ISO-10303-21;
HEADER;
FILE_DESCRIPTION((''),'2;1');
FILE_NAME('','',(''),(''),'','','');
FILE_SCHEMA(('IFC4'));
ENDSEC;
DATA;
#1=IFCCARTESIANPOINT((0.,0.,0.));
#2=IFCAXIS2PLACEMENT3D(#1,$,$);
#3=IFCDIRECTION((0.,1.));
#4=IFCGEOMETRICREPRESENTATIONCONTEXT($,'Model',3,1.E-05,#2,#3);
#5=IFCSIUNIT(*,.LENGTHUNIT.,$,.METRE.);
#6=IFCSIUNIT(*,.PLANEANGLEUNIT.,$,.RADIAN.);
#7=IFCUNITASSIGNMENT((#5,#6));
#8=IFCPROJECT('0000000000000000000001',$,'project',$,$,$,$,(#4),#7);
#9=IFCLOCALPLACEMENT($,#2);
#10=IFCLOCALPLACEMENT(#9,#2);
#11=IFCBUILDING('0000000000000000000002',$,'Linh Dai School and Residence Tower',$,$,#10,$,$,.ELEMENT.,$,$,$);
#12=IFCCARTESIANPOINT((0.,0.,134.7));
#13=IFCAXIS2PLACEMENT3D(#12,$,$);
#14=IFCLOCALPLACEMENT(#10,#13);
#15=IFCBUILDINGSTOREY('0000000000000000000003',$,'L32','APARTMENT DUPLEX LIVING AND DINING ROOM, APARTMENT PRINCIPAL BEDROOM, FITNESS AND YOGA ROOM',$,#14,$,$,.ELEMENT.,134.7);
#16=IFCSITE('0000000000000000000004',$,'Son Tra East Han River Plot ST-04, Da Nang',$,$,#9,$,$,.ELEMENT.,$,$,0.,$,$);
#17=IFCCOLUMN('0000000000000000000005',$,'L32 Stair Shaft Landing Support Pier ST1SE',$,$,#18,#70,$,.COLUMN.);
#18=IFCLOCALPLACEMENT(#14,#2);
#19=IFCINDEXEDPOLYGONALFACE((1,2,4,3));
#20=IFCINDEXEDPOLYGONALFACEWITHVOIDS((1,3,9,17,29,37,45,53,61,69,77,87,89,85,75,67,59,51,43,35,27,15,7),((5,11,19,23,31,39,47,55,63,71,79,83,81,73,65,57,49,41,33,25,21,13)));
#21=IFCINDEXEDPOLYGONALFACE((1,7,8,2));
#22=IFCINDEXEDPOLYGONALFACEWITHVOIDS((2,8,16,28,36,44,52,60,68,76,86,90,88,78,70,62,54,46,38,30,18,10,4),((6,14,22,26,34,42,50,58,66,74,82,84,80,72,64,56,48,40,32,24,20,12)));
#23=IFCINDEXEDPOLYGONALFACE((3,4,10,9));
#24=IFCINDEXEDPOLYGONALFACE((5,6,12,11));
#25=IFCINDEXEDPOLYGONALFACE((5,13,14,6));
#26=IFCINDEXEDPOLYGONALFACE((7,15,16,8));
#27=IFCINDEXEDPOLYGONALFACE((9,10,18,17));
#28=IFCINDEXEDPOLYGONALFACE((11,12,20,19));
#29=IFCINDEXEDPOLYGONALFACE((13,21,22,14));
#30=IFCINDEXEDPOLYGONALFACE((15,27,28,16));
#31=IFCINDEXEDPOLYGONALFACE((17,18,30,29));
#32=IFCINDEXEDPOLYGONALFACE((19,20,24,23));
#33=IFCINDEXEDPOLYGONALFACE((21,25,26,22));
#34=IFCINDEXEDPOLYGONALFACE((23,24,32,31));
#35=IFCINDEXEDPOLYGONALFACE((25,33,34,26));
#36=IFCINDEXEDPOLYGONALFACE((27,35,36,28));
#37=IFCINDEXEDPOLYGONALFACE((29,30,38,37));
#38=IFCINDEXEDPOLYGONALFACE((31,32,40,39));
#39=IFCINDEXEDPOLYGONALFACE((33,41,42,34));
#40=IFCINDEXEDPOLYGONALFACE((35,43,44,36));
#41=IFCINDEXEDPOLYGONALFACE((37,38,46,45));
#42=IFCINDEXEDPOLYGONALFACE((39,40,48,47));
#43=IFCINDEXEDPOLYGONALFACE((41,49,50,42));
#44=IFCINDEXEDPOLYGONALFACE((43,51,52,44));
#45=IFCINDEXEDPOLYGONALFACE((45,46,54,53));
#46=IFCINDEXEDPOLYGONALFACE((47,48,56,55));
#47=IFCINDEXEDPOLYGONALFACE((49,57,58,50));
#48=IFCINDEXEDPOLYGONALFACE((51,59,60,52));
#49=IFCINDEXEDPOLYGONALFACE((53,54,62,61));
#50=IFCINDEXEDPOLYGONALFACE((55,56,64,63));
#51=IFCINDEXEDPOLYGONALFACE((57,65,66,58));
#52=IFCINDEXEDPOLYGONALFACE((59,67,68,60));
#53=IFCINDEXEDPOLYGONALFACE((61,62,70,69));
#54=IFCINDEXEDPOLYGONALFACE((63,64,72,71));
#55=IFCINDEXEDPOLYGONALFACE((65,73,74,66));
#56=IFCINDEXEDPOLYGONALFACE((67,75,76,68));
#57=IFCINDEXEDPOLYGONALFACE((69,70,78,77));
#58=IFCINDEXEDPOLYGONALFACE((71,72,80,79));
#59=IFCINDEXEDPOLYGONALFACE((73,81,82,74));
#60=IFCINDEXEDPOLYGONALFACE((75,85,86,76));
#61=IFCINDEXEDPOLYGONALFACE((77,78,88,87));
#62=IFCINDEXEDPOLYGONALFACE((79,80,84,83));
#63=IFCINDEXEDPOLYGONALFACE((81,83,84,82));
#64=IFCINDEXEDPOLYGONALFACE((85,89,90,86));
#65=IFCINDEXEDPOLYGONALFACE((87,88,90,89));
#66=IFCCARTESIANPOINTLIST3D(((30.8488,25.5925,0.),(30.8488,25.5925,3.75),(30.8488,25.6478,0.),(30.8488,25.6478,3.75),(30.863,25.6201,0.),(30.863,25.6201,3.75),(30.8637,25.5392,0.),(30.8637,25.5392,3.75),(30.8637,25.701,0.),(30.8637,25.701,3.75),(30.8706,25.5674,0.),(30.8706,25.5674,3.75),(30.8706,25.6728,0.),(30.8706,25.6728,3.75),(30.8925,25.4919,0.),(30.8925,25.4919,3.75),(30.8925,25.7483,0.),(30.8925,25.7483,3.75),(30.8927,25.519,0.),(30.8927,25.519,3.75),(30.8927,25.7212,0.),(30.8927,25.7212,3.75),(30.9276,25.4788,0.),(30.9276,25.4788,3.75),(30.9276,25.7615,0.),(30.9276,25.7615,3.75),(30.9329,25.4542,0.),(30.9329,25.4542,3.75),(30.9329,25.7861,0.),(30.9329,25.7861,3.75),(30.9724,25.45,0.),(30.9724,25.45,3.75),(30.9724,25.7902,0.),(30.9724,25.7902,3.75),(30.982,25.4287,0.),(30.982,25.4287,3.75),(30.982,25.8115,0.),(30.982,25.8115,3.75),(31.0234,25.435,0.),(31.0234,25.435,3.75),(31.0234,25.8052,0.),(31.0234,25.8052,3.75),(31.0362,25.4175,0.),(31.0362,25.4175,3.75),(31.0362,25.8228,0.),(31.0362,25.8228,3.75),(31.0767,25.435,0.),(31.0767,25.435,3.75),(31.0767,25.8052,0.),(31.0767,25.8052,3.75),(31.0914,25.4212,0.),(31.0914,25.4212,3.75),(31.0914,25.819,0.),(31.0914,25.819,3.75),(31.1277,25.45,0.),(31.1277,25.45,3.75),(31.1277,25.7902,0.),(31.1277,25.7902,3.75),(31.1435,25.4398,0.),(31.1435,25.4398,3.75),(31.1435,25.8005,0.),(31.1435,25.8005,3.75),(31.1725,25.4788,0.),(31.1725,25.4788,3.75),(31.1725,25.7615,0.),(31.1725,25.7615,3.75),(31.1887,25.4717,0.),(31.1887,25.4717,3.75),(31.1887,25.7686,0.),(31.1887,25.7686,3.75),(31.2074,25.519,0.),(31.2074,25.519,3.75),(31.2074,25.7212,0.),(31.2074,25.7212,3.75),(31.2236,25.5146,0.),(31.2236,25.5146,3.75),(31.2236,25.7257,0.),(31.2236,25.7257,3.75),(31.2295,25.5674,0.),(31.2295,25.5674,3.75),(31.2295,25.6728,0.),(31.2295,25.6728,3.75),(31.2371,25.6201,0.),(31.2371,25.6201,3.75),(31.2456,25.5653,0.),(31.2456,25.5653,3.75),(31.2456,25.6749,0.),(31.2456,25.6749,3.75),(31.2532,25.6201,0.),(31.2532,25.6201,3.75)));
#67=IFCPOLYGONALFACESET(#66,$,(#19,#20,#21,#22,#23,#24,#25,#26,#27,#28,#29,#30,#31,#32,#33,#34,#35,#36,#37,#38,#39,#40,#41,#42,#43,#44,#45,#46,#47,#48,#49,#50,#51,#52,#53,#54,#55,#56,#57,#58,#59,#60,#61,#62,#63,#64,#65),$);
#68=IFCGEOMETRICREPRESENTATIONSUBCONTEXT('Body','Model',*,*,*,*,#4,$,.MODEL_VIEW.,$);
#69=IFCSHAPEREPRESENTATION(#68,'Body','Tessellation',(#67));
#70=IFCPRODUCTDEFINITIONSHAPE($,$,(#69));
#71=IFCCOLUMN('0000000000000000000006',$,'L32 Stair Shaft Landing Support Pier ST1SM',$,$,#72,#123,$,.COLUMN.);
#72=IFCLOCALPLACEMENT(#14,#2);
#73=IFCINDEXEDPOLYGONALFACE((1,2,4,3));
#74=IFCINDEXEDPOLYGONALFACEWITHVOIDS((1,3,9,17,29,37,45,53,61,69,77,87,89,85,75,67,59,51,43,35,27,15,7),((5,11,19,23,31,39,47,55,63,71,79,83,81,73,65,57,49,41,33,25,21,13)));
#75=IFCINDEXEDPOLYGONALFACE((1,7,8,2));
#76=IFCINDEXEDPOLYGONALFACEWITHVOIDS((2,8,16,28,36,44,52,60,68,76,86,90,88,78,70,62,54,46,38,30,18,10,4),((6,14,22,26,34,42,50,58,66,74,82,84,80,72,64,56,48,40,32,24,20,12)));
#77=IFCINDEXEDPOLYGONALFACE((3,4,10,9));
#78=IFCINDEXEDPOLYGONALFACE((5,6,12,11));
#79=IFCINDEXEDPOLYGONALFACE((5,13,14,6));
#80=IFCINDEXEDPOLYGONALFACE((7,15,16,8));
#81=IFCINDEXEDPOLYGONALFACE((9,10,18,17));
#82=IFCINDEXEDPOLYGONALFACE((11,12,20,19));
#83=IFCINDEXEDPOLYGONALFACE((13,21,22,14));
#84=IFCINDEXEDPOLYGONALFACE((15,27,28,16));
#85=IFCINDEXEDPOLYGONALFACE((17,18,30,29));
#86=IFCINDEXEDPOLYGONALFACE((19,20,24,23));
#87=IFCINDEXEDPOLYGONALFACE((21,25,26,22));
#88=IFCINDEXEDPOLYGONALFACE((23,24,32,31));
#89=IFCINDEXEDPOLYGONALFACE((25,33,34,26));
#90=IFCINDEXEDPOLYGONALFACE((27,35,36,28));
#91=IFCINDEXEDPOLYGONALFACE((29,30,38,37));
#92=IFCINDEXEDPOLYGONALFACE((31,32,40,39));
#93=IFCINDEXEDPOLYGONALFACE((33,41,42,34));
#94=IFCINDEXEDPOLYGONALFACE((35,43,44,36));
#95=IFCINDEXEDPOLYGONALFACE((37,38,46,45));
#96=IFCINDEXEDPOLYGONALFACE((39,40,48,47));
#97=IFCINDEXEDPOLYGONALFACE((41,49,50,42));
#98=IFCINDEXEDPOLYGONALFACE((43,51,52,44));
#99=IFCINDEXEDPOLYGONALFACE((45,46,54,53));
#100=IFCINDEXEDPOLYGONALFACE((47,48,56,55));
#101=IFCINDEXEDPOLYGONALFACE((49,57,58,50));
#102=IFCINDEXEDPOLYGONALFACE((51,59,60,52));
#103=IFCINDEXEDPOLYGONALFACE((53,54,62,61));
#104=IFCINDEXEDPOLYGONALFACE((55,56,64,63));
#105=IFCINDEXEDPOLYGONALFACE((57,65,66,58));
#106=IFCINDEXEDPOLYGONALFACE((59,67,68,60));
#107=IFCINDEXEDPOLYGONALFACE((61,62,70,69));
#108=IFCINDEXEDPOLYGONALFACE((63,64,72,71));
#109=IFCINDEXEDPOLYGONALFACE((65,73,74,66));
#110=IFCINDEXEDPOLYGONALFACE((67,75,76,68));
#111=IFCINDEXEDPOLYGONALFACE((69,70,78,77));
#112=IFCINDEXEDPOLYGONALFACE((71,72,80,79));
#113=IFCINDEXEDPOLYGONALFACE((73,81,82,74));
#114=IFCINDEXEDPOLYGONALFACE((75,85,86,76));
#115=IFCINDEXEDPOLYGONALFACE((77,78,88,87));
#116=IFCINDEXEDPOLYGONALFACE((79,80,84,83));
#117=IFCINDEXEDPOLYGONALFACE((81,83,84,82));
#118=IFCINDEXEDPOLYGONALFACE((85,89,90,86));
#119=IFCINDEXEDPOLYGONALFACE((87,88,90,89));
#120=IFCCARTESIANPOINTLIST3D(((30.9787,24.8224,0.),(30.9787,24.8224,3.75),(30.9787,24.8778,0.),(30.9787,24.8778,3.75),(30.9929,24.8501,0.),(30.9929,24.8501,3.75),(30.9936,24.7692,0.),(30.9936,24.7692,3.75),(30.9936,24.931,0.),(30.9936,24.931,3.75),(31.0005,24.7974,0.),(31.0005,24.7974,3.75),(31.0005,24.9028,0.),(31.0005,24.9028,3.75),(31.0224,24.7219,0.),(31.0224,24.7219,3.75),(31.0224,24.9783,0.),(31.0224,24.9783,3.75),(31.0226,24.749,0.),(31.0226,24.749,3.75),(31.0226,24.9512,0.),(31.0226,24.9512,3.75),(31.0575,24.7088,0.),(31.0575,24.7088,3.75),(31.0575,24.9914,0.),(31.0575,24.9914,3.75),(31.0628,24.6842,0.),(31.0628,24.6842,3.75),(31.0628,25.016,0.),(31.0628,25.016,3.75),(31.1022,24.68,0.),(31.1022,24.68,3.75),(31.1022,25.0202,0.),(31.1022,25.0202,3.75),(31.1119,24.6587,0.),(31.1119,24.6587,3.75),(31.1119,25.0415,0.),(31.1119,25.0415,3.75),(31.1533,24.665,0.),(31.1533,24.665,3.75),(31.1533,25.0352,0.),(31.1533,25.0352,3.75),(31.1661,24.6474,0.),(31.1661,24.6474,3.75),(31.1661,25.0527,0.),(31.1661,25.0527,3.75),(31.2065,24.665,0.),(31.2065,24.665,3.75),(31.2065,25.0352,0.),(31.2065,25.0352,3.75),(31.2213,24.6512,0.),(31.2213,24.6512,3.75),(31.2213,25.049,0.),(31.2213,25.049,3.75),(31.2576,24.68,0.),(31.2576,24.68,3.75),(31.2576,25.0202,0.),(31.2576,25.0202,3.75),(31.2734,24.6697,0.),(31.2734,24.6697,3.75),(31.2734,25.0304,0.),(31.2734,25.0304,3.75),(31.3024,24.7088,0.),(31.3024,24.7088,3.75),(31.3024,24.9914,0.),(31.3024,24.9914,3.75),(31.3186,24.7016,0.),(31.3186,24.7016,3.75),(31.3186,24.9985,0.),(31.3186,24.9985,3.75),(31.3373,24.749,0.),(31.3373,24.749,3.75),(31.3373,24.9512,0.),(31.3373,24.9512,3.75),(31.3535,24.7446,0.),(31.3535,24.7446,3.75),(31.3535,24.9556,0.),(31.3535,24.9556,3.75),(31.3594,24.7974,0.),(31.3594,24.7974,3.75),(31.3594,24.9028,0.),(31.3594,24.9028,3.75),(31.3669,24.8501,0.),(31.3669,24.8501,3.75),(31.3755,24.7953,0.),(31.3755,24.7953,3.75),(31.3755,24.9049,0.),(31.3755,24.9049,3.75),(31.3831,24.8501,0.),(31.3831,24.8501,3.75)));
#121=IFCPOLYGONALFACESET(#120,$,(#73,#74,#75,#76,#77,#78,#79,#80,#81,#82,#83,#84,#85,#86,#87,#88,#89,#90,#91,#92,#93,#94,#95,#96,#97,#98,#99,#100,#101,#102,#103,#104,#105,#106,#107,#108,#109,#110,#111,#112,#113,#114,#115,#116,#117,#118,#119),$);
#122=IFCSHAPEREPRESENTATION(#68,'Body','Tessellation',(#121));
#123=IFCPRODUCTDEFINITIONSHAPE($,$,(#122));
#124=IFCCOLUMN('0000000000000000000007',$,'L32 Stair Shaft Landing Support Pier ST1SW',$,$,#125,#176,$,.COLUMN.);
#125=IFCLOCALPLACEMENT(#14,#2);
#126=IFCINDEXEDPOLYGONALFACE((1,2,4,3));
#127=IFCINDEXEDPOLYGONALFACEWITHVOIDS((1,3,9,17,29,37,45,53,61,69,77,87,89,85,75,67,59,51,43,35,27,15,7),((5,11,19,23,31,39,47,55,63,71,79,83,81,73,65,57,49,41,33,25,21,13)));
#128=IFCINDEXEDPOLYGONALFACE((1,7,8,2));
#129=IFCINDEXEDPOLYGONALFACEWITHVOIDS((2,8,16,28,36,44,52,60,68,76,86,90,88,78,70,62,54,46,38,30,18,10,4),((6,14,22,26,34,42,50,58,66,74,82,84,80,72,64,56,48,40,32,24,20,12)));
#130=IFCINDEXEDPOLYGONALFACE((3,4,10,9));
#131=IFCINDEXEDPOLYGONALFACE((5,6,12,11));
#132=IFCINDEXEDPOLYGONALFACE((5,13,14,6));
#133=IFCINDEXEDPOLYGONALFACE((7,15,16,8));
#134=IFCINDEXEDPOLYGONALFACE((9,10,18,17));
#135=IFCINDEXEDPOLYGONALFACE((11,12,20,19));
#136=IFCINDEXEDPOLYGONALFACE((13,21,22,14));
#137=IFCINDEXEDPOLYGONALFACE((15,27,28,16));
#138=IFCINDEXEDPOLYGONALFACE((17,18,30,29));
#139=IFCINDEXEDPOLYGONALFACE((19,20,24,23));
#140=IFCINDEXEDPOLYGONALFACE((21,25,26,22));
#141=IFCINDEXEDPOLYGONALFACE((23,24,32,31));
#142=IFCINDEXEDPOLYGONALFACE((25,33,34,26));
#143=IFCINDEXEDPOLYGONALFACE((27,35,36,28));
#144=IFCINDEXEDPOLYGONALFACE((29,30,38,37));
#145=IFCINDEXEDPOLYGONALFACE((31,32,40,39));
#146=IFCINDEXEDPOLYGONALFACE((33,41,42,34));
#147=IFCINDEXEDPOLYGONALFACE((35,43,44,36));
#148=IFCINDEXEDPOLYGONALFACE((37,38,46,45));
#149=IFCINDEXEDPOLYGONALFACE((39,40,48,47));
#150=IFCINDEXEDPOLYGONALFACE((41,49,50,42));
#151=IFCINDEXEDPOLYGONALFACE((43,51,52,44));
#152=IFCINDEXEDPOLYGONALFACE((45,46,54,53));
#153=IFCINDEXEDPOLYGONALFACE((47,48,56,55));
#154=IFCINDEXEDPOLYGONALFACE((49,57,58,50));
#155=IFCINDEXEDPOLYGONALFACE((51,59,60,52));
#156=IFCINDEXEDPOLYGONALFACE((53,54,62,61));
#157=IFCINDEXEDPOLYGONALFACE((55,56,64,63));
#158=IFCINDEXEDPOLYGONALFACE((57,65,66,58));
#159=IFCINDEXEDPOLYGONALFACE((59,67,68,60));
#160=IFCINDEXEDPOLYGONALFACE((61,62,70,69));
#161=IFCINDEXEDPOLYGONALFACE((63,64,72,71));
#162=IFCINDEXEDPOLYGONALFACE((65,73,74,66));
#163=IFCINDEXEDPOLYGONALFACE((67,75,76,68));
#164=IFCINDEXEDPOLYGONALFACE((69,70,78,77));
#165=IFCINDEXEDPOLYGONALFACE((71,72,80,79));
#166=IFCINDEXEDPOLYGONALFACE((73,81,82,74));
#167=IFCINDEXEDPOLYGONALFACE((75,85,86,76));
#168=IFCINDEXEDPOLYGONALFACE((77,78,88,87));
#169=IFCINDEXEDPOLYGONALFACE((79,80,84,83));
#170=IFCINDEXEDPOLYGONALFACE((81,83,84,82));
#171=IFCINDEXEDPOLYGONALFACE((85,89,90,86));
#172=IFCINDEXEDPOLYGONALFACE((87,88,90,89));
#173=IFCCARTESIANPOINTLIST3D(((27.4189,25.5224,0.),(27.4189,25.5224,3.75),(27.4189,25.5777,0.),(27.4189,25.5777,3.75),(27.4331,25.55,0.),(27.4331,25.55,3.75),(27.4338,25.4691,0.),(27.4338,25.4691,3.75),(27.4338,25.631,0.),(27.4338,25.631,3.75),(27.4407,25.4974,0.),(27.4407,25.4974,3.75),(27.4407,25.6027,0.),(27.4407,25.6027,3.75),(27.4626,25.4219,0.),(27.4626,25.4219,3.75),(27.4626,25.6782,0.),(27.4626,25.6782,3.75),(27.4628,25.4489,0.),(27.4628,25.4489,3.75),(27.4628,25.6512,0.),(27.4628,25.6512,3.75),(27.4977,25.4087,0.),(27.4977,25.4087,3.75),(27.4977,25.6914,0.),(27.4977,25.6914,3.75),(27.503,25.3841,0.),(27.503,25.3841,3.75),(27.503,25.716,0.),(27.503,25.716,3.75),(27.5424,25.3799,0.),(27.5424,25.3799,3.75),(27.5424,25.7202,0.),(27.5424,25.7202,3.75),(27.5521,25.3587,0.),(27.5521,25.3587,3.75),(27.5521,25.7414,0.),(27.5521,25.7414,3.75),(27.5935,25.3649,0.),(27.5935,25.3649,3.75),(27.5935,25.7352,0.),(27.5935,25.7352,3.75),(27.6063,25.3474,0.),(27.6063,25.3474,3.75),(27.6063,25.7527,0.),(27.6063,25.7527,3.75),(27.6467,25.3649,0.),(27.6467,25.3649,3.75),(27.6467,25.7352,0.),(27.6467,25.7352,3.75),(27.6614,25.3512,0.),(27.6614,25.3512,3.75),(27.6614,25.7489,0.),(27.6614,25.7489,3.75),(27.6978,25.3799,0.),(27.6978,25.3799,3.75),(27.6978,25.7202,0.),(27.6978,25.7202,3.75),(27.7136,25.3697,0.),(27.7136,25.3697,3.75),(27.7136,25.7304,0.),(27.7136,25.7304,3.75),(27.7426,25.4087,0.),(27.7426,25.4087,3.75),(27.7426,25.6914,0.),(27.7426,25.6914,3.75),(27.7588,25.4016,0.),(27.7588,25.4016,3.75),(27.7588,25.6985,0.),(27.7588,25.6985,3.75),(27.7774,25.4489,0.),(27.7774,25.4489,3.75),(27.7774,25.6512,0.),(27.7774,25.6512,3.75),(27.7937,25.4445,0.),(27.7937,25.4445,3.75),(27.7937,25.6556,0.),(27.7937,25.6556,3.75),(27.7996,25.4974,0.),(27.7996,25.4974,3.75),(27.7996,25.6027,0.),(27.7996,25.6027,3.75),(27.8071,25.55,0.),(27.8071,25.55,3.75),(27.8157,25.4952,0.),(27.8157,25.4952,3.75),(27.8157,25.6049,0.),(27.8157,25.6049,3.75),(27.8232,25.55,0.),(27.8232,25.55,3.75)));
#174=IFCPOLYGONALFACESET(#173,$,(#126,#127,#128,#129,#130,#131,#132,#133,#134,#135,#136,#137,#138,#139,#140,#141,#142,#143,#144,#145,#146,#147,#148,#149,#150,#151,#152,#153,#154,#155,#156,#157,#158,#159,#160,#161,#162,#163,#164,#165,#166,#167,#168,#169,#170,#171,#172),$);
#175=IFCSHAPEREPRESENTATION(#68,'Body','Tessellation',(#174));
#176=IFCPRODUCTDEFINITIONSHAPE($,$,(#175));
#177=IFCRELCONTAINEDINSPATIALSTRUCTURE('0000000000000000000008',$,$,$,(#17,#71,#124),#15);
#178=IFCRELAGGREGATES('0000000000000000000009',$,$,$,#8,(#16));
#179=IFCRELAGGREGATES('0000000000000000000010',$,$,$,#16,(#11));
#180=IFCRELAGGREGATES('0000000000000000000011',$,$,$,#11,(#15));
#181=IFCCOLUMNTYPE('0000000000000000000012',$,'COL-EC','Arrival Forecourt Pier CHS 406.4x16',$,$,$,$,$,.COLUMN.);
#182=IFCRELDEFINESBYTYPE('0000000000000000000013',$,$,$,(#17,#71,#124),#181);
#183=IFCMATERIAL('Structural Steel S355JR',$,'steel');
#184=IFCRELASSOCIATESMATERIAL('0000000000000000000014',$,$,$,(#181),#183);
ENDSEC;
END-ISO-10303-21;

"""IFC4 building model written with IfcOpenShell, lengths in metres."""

from ifc_helpers import new_model, si_unit, direction, frame, origin, origin_2d, place, context, subcontext, project, spatial, hollow_circle, extrude, material, material_profile, profile_set, type_object, element, save


model = new_model("IFC4")

# Units and contexts
model_context = context("Model", 3, precision=1e-05, world=origin(), true_north=direction((0.0, 1.0)))
body_context = subcontext(model_context, "Body", "Model", "MODEL_VIEW")
ifc_project = project(units=[si_unit("LENGTHUNIT", "METRE"), si_unit("PLANEANGLEUNIT", "RADIAN")], contexts=[model_context])

# Site, building, storey
site_placement = place(None, origin())
site = spatial("IfcSite", under=ifc_project, at=site_placement, Name="Son Tra East Han River Plot ST-04, Da Nang", CompositionType="ELEMENT", RefElevation=0.0)
building_placement = place(site_placement, origin())
building = spatial("IfcBuilding", under=site, at=building_placement, Name="Linh Dai School and Residence Tower", CompositionType="ELEMENT")
storey_placement = place(building_placement, frame((0.0, 0.0, 134.7)))
storey = spatial("IfcBuildingStorey", under=building, at=storey_placement, Name="L32", Description="APARTMENT DUPLEX LIVING AND DINING ROOM, APARTMENT PRINCIPAL BEDROOM, FITNESS AND YOGA ROOM", CompositionType="ELEMENT", Elevation=134.7)

# Columns
ifc_material_1 = material(Name="Structural Steel S355JR", Category="steel")
ifc_material_profile_1 = material_profile(ifc_material_1, hollow_circle(Radius=0.2031, WallThickness=0.0161, at=origin_2d()), Name="CHS 406.4x16")
ifc_profile_set_1 = profile_set([ifc_material_profile_1], Name="Structural Steel S355JR")
column_type = type_object("IfcColumnType", Name="COL-EC", Description="Arrival Forecourt Pier CHS 406.4x16", PredefinedType="COLUMN", material=ifc_profile_set_1)
for number, where, z_axis, x_axis, name in (
    (1, (31.05, 25.6201, 0.0), (0.0, 0.0, 1.0), (1.0, 0.0, 0.0), "L32 Stair Shaft Landing Support Pier ST1SE"),
    (2, (31.1799, 24.8501, 0.0), (0.0, 0.0, 1.0), (1.0, 0.0, 0.0), "L32 Stair Shaft Landing Support Pier ST1SM"),
    (3, (27.6201, 25.55, 0.0), (0.0, 0.0, 1.0), (1.0, 0.0, 0.0), "L32 Stair Shaft Landing Support Pier ST1SW"),
):
    element("IfcColumn", number, at=place(storey_placement, frame(where, z_axis=z_axis, x_axis=x_axis)), inside=storey, type_object=column_type, Name=name, PredefinedType="COLUMN", context=body_context, shape_type="SweptSolid", body=[
        extrude(hollow_circle(Radius=0.2031, WallThickness=0.0161, at=origin_2d()), origin(), (0.0, 0.0, 1.0), 3.75),
    ])

save(model, "model.ifc")
